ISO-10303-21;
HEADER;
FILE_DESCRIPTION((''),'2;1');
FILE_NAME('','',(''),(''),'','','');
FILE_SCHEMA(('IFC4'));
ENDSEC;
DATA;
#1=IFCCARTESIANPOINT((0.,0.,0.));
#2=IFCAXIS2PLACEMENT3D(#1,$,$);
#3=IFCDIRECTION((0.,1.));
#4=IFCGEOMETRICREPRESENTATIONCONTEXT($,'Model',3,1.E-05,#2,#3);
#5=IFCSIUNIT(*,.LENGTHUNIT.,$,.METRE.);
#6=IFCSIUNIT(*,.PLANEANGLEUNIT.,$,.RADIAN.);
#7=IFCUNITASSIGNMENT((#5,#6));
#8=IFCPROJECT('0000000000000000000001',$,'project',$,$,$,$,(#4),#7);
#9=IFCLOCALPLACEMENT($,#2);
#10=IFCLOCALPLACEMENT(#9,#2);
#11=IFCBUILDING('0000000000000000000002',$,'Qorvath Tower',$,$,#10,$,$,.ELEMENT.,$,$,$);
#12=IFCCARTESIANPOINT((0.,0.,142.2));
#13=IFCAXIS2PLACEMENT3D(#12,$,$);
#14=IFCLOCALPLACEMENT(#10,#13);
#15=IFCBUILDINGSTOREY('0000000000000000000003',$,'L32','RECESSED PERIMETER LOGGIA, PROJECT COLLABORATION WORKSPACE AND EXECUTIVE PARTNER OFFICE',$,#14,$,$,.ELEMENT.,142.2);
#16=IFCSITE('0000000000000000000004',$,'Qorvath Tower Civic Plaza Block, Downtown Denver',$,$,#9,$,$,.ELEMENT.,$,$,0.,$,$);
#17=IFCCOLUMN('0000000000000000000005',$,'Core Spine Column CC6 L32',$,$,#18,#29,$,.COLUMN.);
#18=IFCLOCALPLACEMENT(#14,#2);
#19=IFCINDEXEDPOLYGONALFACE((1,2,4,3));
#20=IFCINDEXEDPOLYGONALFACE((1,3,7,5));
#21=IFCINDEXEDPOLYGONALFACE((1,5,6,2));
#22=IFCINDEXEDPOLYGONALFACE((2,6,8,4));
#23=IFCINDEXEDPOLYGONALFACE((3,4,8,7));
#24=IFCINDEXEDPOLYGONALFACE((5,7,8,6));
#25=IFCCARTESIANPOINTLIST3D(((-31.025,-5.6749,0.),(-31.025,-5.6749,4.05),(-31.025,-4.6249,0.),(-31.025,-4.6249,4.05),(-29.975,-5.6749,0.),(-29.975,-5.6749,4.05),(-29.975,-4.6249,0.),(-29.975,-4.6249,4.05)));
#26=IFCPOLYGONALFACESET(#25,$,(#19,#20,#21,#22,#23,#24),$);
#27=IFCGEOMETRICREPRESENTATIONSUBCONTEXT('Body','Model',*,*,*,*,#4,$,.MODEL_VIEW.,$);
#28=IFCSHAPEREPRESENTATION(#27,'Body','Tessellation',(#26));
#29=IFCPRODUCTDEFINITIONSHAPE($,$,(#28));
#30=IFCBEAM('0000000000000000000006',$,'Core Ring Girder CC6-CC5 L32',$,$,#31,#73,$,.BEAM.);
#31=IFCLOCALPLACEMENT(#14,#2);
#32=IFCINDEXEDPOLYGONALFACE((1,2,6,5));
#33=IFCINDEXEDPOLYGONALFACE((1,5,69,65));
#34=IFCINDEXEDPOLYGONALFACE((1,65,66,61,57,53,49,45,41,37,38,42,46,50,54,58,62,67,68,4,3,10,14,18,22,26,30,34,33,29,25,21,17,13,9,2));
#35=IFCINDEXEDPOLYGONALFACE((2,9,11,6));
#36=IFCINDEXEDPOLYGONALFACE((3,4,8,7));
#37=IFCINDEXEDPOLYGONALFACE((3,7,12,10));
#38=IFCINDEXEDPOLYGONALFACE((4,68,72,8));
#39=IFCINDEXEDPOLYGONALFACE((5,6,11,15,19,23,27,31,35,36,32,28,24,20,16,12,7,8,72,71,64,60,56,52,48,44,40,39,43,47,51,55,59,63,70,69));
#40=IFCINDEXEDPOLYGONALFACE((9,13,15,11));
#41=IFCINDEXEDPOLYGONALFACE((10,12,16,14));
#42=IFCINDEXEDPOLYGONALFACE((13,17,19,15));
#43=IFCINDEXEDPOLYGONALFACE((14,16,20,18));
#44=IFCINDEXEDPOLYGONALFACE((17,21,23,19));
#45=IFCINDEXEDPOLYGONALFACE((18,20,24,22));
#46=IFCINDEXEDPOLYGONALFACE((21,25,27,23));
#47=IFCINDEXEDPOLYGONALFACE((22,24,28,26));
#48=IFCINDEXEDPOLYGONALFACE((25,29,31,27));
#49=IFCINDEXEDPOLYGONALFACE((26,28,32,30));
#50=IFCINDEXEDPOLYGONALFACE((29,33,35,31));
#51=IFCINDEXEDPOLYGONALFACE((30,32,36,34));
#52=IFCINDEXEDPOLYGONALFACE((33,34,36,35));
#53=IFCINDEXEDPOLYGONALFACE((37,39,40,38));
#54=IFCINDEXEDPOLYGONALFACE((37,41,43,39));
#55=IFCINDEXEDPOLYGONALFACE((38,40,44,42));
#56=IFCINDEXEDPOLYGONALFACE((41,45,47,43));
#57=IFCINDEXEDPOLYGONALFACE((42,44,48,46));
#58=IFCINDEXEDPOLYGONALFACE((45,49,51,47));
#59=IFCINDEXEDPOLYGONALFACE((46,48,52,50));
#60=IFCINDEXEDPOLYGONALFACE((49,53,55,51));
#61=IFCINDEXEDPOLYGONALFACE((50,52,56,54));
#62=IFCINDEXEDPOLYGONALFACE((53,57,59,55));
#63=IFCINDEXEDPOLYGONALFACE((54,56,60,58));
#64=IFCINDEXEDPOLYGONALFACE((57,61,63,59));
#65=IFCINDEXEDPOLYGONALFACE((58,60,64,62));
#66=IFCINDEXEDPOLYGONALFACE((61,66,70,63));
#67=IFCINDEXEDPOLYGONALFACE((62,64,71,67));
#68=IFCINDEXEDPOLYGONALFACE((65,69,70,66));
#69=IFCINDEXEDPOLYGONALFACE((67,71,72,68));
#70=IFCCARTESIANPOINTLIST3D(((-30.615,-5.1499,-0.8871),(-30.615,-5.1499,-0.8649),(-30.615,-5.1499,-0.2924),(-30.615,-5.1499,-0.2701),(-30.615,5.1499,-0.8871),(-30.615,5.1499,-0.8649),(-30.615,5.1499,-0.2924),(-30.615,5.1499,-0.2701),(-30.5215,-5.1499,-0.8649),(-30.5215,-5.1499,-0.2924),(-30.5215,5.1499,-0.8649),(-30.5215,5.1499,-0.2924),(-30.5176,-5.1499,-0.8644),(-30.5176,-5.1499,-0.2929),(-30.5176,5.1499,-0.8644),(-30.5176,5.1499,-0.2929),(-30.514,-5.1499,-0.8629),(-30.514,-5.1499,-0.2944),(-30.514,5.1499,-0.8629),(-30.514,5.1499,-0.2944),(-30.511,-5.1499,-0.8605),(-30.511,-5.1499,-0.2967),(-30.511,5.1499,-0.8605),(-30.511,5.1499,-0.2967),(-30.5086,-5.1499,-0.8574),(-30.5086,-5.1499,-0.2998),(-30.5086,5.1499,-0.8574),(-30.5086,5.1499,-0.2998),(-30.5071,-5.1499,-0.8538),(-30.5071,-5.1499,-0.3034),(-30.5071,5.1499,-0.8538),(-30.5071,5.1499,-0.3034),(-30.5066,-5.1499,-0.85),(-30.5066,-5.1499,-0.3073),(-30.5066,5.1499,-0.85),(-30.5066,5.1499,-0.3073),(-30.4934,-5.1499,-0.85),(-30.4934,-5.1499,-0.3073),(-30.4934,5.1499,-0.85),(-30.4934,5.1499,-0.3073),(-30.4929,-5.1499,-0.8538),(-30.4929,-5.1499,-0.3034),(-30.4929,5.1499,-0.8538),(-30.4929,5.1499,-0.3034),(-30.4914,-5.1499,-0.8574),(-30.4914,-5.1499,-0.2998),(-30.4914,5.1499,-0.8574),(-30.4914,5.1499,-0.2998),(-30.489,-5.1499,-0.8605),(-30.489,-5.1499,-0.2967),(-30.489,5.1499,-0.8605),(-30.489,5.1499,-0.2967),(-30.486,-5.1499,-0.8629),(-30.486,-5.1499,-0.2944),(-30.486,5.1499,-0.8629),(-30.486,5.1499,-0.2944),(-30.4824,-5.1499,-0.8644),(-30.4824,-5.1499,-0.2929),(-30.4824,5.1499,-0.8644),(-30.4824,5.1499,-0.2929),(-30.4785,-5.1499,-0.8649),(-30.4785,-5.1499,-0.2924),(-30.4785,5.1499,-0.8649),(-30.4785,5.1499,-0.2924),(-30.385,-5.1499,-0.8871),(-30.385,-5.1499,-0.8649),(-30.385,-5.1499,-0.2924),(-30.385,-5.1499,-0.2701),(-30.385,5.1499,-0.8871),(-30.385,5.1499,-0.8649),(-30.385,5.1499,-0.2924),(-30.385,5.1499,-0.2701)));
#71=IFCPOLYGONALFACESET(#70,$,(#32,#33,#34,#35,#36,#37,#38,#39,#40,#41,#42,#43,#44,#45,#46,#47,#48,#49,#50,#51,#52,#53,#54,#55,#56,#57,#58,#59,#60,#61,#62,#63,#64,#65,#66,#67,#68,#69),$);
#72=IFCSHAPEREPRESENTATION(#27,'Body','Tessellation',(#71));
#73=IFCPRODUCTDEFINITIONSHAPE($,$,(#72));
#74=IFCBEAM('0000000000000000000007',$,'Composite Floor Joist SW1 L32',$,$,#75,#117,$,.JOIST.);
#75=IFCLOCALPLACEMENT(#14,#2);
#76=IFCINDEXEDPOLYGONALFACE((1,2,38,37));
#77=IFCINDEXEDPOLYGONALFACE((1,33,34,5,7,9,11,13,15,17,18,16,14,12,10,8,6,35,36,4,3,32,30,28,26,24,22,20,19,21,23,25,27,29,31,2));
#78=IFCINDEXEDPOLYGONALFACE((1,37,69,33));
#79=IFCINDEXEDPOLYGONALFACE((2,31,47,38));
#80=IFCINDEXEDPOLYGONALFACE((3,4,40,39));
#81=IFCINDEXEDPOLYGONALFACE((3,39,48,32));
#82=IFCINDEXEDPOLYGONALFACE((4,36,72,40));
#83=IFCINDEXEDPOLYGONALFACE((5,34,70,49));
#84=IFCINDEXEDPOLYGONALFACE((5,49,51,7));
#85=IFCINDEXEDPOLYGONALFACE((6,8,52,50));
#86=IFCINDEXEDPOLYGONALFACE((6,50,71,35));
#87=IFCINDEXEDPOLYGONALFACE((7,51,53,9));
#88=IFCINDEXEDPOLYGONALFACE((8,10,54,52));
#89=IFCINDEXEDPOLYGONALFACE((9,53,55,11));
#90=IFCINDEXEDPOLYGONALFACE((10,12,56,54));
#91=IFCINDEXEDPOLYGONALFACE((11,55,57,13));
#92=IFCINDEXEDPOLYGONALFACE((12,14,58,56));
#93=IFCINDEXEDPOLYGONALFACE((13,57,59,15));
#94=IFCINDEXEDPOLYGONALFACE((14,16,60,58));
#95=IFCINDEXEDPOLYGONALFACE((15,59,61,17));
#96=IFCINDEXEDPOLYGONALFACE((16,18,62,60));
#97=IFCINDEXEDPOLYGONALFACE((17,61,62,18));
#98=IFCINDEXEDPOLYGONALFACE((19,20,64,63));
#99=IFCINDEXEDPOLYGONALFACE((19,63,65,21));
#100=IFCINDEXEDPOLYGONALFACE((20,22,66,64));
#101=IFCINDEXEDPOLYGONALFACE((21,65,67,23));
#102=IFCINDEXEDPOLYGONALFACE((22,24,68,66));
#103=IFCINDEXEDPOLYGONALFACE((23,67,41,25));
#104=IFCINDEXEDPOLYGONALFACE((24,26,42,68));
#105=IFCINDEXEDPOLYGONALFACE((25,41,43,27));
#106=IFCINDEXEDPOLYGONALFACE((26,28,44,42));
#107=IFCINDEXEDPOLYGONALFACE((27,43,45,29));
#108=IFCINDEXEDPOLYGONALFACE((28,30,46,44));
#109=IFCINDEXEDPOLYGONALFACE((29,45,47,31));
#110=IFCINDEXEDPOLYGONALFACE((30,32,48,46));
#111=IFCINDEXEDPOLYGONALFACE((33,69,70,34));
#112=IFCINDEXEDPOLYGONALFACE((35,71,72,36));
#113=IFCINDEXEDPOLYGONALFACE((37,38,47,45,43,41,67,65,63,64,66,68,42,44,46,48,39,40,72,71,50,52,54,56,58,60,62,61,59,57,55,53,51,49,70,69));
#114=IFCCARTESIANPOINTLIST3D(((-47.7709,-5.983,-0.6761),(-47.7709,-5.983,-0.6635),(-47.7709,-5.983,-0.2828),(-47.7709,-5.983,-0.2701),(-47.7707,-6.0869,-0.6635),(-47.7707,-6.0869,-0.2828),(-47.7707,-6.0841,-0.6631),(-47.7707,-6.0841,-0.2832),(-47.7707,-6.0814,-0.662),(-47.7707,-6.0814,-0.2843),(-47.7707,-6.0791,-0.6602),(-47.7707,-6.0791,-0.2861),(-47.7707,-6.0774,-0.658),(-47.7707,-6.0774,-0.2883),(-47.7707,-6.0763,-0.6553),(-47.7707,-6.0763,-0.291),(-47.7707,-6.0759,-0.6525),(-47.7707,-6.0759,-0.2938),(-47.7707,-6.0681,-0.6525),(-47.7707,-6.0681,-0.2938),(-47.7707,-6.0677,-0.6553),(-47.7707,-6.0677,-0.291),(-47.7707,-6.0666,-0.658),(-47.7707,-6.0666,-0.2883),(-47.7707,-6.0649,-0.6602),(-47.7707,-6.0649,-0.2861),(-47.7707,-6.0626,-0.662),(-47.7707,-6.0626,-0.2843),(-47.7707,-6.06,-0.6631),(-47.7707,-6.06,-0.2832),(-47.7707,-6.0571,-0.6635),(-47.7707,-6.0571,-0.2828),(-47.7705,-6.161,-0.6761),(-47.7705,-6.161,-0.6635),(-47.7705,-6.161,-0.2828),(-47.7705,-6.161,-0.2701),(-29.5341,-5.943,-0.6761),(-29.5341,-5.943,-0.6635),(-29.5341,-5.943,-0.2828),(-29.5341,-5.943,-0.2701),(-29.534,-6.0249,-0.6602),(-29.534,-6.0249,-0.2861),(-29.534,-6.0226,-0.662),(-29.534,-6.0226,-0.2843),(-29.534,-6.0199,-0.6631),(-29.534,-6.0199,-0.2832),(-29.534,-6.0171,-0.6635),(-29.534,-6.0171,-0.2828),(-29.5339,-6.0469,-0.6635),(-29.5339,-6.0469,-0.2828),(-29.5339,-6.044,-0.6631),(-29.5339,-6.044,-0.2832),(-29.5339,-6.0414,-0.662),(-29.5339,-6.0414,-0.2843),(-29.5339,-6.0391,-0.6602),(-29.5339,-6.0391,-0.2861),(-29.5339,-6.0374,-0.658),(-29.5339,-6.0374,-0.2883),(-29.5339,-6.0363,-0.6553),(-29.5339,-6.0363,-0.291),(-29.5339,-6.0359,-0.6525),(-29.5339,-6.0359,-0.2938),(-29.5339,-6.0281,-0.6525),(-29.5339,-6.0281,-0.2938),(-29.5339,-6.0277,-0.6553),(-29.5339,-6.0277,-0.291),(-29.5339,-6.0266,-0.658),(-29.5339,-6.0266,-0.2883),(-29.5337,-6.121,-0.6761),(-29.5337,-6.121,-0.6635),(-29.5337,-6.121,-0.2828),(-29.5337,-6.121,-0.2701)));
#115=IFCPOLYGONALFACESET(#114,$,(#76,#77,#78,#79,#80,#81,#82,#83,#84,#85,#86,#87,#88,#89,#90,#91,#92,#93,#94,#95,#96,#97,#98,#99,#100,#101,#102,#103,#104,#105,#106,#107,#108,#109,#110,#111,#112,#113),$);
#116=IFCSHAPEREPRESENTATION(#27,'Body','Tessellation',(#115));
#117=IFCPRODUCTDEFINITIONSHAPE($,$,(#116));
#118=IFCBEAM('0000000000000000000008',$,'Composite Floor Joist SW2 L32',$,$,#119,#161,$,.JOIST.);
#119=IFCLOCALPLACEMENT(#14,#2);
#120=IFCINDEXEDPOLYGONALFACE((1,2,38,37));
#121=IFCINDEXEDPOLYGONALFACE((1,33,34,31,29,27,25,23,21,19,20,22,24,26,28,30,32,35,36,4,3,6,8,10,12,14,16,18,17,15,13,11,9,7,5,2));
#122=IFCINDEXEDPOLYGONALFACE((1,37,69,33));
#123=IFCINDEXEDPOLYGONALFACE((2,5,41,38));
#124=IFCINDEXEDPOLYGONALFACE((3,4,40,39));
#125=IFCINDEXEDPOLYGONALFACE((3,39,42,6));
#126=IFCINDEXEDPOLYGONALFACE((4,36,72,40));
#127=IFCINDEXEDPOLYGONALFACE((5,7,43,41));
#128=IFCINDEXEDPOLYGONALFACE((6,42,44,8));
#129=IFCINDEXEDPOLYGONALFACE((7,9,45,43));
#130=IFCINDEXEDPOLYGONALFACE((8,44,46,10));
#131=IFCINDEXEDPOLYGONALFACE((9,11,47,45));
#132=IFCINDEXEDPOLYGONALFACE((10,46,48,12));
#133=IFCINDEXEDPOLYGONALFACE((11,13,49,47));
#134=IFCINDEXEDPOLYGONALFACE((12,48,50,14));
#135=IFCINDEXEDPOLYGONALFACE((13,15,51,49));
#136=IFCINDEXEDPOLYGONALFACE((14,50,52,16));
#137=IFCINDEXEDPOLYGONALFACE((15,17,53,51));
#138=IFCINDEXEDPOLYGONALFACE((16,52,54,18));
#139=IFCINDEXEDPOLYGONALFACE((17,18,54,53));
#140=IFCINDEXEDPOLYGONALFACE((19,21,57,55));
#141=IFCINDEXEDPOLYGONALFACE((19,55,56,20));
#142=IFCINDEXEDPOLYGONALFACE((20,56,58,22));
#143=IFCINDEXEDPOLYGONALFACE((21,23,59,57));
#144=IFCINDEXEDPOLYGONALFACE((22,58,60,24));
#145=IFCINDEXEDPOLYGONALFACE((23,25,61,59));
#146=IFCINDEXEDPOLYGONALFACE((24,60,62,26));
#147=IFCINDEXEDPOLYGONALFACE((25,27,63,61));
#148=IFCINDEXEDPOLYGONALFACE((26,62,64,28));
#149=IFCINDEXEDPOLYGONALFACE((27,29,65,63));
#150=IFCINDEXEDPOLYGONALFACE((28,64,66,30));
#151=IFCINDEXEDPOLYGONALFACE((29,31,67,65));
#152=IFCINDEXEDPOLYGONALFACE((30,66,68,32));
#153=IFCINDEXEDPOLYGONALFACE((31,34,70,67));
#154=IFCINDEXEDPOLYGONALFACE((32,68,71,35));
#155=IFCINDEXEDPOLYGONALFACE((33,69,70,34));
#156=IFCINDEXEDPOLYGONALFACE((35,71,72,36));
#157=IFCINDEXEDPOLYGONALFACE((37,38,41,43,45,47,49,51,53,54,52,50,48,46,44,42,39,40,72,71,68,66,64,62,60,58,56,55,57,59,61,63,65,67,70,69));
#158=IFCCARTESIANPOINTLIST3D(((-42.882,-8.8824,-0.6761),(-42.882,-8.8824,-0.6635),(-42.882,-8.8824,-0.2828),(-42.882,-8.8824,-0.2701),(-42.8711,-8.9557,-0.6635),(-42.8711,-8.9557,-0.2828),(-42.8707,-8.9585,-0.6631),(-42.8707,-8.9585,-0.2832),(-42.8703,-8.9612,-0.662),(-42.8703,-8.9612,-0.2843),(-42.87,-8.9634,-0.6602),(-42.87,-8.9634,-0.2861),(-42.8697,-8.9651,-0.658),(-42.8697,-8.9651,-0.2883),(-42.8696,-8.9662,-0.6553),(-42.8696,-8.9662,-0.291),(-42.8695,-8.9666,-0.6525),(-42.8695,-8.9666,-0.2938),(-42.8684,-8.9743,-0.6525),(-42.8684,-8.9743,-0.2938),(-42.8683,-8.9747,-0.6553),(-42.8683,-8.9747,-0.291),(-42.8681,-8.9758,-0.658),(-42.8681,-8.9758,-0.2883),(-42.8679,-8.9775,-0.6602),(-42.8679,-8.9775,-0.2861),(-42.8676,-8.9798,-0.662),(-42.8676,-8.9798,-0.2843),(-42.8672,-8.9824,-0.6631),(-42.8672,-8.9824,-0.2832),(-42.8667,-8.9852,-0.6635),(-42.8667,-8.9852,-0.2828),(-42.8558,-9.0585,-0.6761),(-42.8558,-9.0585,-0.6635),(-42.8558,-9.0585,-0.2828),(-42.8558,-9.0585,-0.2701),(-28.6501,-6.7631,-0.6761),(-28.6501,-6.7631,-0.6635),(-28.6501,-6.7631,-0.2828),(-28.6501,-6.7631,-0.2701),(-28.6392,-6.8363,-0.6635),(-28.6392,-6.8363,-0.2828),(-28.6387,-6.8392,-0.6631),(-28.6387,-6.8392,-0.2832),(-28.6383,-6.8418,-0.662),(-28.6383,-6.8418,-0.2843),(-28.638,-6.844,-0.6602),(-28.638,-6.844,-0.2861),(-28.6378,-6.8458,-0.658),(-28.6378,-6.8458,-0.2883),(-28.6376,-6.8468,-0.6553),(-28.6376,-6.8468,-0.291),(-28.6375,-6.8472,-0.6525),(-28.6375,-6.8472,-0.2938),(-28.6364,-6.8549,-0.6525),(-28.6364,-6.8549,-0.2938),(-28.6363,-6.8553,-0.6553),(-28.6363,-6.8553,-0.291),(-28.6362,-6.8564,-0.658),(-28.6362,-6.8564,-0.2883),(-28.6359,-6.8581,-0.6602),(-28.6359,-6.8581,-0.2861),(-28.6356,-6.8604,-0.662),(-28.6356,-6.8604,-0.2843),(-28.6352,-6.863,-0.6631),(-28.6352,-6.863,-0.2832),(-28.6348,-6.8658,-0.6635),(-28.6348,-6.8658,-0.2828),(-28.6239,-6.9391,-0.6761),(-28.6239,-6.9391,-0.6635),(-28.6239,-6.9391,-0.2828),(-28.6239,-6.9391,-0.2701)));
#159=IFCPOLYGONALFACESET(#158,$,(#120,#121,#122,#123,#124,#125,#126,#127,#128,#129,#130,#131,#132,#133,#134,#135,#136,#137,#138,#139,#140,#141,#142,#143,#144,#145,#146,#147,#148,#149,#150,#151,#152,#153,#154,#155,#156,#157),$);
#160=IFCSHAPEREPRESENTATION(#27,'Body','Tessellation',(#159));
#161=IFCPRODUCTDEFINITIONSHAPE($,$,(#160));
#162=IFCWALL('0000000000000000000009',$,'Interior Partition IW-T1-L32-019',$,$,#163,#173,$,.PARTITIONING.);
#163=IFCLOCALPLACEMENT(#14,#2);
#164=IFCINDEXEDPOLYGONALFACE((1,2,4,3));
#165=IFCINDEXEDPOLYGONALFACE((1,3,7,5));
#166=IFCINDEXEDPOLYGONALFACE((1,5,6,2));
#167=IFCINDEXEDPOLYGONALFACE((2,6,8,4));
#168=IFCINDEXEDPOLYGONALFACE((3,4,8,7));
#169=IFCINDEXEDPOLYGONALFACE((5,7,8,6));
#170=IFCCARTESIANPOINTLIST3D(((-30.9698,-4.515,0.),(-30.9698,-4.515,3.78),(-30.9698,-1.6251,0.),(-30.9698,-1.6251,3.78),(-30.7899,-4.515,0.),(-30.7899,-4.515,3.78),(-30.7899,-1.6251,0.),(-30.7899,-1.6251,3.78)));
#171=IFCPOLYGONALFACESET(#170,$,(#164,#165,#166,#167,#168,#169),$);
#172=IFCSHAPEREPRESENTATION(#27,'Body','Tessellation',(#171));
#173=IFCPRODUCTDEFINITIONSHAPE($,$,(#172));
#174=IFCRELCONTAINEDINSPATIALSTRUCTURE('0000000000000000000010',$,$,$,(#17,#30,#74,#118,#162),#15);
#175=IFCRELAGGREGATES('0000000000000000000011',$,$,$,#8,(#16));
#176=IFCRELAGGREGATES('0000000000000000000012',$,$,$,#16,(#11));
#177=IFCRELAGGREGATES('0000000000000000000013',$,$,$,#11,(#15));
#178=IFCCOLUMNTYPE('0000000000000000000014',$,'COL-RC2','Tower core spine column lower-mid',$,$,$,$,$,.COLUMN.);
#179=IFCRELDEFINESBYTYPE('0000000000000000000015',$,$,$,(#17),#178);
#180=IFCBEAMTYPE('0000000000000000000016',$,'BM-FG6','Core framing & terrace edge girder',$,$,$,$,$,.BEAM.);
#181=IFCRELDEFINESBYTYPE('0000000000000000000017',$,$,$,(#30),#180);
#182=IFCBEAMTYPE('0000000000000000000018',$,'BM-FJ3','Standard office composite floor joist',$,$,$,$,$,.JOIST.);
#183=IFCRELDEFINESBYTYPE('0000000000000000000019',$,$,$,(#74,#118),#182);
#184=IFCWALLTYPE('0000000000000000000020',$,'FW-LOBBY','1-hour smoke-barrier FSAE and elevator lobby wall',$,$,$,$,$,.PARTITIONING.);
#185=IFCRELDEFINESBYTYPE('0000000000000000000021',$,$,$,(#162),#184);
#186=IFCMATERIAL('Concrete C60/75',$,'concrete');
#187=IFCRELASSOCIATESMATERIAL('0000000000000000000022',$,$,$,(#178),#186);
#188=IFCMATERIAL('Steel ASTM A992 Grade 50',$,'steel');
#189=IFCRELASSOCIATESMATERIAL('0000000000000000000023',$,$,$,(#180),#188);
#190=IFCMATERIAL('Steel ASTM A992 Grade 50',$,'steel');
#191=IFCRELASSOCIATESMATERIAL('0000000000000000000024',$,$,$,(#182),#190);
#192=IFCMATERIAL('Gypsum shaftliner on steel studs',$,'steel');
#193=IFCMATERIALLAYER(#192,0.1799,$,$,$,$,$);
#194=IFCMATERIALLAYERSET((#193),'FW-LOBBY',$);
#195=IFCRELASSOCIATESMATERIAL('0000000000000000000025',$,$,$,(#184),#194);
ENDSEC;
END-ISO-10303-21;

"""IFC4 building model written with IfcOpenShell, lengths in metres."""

from ifc_helpers import new_model, si_unit, direction, frame, frame_2d, origin, origin_2d, place, context, subcontext, project, spatial, rectangle, i_section, extrude, material, layer, layer_set, material_profile, profile_set, type_object, element, save


model = new_model("IFC4")

# Units and contexts
model_context = context("Model", 3, precision=1e-05, world=origin(), true_north=direction((0.0, 1.0)))
body_context = subcontext(model_context, "Body", "Model", "MODEL_VIEW")
ifc_project = project(units=[si_unit("LENGTHUNIT", "METRE"), si_unit("PLANEANGLEUNIT", "RADIAN")], contexts=[model_context])

# Site, building, storey
site_placement = place(None, origin())
site = spatial("IfcSite", under=ifc_project, at=site_placement, Name="Qorvath Tower Civic Plaza Block, Downtown Denver", CompositionType="ELEMENT", RefElevation=0.0)
building_placement = place(site_placement, origin())
building = spatial("IfcBuilding", under=site, at=building_placement, Name="Qorvath Tower", CompositionType="ELEMENT")
storey_placement = place(building_placement, frame((0.0, 0.0, 142.2)))
storey = spatial("IfcBuildingStorey", under=building, at=storey_placement, Name="L32", Description="RECESSED PERIMETER LOGGIA, PROJECT COLLABORATION WORKSPACE AND EXECUTIVE PARTNER OFFICE", CompositionType="ELEMENT", Elevation=142.2)

# Column
ifc_material_1 = material(Name="Concrete C60/75", Category="concrete")
ifc_material_profile_1 = material_profile(ifc_material_1, rectangle(XDim=1.05, YDim=1.05, at=origin_2d()), Name="RC 1050x1050")
ifc_profile_set_1 = profile_set([ifc_material_profile_1], Name="Concrete C60/75")
column_type = type_object("IfcColumnType", Name="COL-RC2", Description="Tower core spine column lower-mid", PredefinedType="COLUMN", material=ifc_profile_set_1)
column_placement = place(storey_placement, frame((-30.5, -5.1499, 0.0), z_axis=(0.0, 0.0, 1.0), x_axis=(1.0, 0.0, 0.0)))
element("IfcColumn", 1, at=column_placement, inside=storey, type_object=column_type, Name="Core Spine Column CC6 L32", PredefinedType="COLUMN", context=body_context, shape_type="SweptSolid", body=[
    extrude(rectangle(XDim=1.05, YDim=1.05, at=origin_2d()), origin(), (0.0, 0.0, 1.0), 4.05),
])

# Beams
ifc_material_2 = material(Name="Steel ASTM A992 Grade 50", Category="steel")
ifc_material_profile_2 = material_profile(ifc_material_2, i_section(OverallWidth=0.23, OverallDepth=0.6169, WebThickness=0.0132, FlangeThickness=0.0222, FilletRadius=0.0149, at=origin_2d()), Name="W24x94")
ifc_profile_set_2 = profile_set([ifc_material_profile_2], Name="Steel ASTM A992 Grade 50")
beam_type_1 = type_object("IfcBeamType", Name="BM-FG6", Description="Core framing & terrace edge girder", PredefinedType="BEAM", material=ifc_profile_set_2)
beam_1_placement = place(storey_placement, frame((-30.5, -5.1499, -0.5786), z_axis=(0.0, 1.0, 0.0), x_axis=(-1.0, 0.0, 0.0)))
element("IfcBeam", 2, at=beam_1_placement, inside=storey, type_object=beam_type_1, Name="Core Ring Girder CC6-CC5 L32", PredefinedType="BEAM", context=body_context, shape_type="SweptSolid", body=[
    extrude(i_section(OverallWidth=0.23, OverallDepth=0.6169, WebThickness=0.0132, FlangeThickness=0.0222, FilletRadius=0.0149, at=origin_2d()), origin(), (0.0, 0.0, 1.0), 10.2998),
])
ifc_material_3 = material(Name="Steel ASTM A992 Grade 50", Category="steel")
ifc_material_profile_3 = material_profile(ifc_material_3, i_section(OverallWidth=0.178, OverallDepth=0.406, WebThickness=0.0078, FlangeThickness=0.0127, FilletRadius=0.011, at=origin_2d()), Name="W16x40")
ifc_profile_set_3 = profile_set([ifc_material_profile_3], Name="Steel ASTM A992 Grade 50")
beam_type_2 = type_object("IfcBeamType", Name="BM-FJ3", Description="Standard office composite floor joist", PredefinedType="JOIST", material=ifc_profile_set_3)
beam_2_placement = place(storey_placement, frame((-29.5339, -6.032, -0.4731), z_axis=(-0.999998, -0.002196, 0.0), x_axis=(0.002196, -0.999998, 0.0)))
element("IfcBeam", 3, at=beam_2_placement, inside=storey, type_object=beam_type_2, Name="Composite Floor Joist SW1 L32", PredefinedType="JOIST", context=body_context, shape_type="SweptSolid", body=[
    extrude(i_section(OverallWidth=0.178, OverallDepth=0.406, WebThickness=0.0078, FlangeThickness=0.0127, FilletRadius=0.011, at=origin_2d()), origin(), (0.0, 0.0, 1.0), 18.2368),
])
beam_3_placement = place(storey_placement, frame((-28.637, -6.8511, -0.4731), z_axis=(-0.989093, -0.147293, 0.0), x_axis=(0.147293, -0.989093, 0.0)))
element("IfcBeam", 4, at=beam_3_placement, inside=storey, type_object=beam_type_2, Name="Composite Floor Joist SW2 L32", PredefinedType="JOIST", context=body_context, shape_type="SweptSolid", body=[
    extrude(i_section(OverallWidth=0.178, OverallDepth=0.406, WebThickness=0.0078, FlangeThickness=0.0127, FilletRadius=0.011, at=origin_2d()), origin(), (0.0, 0.0, 1.0), 14.3889),
])

# Shared definitions
ifc_material_4 = material(Name="Gypsum shaftliner on steel studs", Category="steel")
ifc_layer_1 = layer(ifc_material_4, 0.1799)
ifc_layer_set_1 = layer_set([ifc_layer_1], Name="FW-LOBBY")
wall_type_1 = type_object("IfcWallType", Name="FW-LOBBY", Description="1-hour smoke-barrier FSAE and elevator lobby wall", PredefinedType="PARTITIONING", material=ifc_layer_set_1)

# Wall
wall_1_placement = place(storey_placement, frame((-30.8799, -4.5149, 0.0), z_axis=(0.0, 0.0, 1.0), x_axis=(0.0, 1.0, 0.0)))
element("IfcWall", 5, at=wall_1_placement, inside=storey, type_object=wall_type_1, Name="Interior Partition IW-T1-L32-019", PredefinedType="PARTITIONING", context=body_context, shape_type="SweptSolid", body=[
    extrude(rectangle(XDim=2.8899, YDim=0.1799, at=frame_2d((1.4448, 0.0))), origin(), (0.0, 0.0, 1.0), 3.78),
])

save(model, "model.ifc")
